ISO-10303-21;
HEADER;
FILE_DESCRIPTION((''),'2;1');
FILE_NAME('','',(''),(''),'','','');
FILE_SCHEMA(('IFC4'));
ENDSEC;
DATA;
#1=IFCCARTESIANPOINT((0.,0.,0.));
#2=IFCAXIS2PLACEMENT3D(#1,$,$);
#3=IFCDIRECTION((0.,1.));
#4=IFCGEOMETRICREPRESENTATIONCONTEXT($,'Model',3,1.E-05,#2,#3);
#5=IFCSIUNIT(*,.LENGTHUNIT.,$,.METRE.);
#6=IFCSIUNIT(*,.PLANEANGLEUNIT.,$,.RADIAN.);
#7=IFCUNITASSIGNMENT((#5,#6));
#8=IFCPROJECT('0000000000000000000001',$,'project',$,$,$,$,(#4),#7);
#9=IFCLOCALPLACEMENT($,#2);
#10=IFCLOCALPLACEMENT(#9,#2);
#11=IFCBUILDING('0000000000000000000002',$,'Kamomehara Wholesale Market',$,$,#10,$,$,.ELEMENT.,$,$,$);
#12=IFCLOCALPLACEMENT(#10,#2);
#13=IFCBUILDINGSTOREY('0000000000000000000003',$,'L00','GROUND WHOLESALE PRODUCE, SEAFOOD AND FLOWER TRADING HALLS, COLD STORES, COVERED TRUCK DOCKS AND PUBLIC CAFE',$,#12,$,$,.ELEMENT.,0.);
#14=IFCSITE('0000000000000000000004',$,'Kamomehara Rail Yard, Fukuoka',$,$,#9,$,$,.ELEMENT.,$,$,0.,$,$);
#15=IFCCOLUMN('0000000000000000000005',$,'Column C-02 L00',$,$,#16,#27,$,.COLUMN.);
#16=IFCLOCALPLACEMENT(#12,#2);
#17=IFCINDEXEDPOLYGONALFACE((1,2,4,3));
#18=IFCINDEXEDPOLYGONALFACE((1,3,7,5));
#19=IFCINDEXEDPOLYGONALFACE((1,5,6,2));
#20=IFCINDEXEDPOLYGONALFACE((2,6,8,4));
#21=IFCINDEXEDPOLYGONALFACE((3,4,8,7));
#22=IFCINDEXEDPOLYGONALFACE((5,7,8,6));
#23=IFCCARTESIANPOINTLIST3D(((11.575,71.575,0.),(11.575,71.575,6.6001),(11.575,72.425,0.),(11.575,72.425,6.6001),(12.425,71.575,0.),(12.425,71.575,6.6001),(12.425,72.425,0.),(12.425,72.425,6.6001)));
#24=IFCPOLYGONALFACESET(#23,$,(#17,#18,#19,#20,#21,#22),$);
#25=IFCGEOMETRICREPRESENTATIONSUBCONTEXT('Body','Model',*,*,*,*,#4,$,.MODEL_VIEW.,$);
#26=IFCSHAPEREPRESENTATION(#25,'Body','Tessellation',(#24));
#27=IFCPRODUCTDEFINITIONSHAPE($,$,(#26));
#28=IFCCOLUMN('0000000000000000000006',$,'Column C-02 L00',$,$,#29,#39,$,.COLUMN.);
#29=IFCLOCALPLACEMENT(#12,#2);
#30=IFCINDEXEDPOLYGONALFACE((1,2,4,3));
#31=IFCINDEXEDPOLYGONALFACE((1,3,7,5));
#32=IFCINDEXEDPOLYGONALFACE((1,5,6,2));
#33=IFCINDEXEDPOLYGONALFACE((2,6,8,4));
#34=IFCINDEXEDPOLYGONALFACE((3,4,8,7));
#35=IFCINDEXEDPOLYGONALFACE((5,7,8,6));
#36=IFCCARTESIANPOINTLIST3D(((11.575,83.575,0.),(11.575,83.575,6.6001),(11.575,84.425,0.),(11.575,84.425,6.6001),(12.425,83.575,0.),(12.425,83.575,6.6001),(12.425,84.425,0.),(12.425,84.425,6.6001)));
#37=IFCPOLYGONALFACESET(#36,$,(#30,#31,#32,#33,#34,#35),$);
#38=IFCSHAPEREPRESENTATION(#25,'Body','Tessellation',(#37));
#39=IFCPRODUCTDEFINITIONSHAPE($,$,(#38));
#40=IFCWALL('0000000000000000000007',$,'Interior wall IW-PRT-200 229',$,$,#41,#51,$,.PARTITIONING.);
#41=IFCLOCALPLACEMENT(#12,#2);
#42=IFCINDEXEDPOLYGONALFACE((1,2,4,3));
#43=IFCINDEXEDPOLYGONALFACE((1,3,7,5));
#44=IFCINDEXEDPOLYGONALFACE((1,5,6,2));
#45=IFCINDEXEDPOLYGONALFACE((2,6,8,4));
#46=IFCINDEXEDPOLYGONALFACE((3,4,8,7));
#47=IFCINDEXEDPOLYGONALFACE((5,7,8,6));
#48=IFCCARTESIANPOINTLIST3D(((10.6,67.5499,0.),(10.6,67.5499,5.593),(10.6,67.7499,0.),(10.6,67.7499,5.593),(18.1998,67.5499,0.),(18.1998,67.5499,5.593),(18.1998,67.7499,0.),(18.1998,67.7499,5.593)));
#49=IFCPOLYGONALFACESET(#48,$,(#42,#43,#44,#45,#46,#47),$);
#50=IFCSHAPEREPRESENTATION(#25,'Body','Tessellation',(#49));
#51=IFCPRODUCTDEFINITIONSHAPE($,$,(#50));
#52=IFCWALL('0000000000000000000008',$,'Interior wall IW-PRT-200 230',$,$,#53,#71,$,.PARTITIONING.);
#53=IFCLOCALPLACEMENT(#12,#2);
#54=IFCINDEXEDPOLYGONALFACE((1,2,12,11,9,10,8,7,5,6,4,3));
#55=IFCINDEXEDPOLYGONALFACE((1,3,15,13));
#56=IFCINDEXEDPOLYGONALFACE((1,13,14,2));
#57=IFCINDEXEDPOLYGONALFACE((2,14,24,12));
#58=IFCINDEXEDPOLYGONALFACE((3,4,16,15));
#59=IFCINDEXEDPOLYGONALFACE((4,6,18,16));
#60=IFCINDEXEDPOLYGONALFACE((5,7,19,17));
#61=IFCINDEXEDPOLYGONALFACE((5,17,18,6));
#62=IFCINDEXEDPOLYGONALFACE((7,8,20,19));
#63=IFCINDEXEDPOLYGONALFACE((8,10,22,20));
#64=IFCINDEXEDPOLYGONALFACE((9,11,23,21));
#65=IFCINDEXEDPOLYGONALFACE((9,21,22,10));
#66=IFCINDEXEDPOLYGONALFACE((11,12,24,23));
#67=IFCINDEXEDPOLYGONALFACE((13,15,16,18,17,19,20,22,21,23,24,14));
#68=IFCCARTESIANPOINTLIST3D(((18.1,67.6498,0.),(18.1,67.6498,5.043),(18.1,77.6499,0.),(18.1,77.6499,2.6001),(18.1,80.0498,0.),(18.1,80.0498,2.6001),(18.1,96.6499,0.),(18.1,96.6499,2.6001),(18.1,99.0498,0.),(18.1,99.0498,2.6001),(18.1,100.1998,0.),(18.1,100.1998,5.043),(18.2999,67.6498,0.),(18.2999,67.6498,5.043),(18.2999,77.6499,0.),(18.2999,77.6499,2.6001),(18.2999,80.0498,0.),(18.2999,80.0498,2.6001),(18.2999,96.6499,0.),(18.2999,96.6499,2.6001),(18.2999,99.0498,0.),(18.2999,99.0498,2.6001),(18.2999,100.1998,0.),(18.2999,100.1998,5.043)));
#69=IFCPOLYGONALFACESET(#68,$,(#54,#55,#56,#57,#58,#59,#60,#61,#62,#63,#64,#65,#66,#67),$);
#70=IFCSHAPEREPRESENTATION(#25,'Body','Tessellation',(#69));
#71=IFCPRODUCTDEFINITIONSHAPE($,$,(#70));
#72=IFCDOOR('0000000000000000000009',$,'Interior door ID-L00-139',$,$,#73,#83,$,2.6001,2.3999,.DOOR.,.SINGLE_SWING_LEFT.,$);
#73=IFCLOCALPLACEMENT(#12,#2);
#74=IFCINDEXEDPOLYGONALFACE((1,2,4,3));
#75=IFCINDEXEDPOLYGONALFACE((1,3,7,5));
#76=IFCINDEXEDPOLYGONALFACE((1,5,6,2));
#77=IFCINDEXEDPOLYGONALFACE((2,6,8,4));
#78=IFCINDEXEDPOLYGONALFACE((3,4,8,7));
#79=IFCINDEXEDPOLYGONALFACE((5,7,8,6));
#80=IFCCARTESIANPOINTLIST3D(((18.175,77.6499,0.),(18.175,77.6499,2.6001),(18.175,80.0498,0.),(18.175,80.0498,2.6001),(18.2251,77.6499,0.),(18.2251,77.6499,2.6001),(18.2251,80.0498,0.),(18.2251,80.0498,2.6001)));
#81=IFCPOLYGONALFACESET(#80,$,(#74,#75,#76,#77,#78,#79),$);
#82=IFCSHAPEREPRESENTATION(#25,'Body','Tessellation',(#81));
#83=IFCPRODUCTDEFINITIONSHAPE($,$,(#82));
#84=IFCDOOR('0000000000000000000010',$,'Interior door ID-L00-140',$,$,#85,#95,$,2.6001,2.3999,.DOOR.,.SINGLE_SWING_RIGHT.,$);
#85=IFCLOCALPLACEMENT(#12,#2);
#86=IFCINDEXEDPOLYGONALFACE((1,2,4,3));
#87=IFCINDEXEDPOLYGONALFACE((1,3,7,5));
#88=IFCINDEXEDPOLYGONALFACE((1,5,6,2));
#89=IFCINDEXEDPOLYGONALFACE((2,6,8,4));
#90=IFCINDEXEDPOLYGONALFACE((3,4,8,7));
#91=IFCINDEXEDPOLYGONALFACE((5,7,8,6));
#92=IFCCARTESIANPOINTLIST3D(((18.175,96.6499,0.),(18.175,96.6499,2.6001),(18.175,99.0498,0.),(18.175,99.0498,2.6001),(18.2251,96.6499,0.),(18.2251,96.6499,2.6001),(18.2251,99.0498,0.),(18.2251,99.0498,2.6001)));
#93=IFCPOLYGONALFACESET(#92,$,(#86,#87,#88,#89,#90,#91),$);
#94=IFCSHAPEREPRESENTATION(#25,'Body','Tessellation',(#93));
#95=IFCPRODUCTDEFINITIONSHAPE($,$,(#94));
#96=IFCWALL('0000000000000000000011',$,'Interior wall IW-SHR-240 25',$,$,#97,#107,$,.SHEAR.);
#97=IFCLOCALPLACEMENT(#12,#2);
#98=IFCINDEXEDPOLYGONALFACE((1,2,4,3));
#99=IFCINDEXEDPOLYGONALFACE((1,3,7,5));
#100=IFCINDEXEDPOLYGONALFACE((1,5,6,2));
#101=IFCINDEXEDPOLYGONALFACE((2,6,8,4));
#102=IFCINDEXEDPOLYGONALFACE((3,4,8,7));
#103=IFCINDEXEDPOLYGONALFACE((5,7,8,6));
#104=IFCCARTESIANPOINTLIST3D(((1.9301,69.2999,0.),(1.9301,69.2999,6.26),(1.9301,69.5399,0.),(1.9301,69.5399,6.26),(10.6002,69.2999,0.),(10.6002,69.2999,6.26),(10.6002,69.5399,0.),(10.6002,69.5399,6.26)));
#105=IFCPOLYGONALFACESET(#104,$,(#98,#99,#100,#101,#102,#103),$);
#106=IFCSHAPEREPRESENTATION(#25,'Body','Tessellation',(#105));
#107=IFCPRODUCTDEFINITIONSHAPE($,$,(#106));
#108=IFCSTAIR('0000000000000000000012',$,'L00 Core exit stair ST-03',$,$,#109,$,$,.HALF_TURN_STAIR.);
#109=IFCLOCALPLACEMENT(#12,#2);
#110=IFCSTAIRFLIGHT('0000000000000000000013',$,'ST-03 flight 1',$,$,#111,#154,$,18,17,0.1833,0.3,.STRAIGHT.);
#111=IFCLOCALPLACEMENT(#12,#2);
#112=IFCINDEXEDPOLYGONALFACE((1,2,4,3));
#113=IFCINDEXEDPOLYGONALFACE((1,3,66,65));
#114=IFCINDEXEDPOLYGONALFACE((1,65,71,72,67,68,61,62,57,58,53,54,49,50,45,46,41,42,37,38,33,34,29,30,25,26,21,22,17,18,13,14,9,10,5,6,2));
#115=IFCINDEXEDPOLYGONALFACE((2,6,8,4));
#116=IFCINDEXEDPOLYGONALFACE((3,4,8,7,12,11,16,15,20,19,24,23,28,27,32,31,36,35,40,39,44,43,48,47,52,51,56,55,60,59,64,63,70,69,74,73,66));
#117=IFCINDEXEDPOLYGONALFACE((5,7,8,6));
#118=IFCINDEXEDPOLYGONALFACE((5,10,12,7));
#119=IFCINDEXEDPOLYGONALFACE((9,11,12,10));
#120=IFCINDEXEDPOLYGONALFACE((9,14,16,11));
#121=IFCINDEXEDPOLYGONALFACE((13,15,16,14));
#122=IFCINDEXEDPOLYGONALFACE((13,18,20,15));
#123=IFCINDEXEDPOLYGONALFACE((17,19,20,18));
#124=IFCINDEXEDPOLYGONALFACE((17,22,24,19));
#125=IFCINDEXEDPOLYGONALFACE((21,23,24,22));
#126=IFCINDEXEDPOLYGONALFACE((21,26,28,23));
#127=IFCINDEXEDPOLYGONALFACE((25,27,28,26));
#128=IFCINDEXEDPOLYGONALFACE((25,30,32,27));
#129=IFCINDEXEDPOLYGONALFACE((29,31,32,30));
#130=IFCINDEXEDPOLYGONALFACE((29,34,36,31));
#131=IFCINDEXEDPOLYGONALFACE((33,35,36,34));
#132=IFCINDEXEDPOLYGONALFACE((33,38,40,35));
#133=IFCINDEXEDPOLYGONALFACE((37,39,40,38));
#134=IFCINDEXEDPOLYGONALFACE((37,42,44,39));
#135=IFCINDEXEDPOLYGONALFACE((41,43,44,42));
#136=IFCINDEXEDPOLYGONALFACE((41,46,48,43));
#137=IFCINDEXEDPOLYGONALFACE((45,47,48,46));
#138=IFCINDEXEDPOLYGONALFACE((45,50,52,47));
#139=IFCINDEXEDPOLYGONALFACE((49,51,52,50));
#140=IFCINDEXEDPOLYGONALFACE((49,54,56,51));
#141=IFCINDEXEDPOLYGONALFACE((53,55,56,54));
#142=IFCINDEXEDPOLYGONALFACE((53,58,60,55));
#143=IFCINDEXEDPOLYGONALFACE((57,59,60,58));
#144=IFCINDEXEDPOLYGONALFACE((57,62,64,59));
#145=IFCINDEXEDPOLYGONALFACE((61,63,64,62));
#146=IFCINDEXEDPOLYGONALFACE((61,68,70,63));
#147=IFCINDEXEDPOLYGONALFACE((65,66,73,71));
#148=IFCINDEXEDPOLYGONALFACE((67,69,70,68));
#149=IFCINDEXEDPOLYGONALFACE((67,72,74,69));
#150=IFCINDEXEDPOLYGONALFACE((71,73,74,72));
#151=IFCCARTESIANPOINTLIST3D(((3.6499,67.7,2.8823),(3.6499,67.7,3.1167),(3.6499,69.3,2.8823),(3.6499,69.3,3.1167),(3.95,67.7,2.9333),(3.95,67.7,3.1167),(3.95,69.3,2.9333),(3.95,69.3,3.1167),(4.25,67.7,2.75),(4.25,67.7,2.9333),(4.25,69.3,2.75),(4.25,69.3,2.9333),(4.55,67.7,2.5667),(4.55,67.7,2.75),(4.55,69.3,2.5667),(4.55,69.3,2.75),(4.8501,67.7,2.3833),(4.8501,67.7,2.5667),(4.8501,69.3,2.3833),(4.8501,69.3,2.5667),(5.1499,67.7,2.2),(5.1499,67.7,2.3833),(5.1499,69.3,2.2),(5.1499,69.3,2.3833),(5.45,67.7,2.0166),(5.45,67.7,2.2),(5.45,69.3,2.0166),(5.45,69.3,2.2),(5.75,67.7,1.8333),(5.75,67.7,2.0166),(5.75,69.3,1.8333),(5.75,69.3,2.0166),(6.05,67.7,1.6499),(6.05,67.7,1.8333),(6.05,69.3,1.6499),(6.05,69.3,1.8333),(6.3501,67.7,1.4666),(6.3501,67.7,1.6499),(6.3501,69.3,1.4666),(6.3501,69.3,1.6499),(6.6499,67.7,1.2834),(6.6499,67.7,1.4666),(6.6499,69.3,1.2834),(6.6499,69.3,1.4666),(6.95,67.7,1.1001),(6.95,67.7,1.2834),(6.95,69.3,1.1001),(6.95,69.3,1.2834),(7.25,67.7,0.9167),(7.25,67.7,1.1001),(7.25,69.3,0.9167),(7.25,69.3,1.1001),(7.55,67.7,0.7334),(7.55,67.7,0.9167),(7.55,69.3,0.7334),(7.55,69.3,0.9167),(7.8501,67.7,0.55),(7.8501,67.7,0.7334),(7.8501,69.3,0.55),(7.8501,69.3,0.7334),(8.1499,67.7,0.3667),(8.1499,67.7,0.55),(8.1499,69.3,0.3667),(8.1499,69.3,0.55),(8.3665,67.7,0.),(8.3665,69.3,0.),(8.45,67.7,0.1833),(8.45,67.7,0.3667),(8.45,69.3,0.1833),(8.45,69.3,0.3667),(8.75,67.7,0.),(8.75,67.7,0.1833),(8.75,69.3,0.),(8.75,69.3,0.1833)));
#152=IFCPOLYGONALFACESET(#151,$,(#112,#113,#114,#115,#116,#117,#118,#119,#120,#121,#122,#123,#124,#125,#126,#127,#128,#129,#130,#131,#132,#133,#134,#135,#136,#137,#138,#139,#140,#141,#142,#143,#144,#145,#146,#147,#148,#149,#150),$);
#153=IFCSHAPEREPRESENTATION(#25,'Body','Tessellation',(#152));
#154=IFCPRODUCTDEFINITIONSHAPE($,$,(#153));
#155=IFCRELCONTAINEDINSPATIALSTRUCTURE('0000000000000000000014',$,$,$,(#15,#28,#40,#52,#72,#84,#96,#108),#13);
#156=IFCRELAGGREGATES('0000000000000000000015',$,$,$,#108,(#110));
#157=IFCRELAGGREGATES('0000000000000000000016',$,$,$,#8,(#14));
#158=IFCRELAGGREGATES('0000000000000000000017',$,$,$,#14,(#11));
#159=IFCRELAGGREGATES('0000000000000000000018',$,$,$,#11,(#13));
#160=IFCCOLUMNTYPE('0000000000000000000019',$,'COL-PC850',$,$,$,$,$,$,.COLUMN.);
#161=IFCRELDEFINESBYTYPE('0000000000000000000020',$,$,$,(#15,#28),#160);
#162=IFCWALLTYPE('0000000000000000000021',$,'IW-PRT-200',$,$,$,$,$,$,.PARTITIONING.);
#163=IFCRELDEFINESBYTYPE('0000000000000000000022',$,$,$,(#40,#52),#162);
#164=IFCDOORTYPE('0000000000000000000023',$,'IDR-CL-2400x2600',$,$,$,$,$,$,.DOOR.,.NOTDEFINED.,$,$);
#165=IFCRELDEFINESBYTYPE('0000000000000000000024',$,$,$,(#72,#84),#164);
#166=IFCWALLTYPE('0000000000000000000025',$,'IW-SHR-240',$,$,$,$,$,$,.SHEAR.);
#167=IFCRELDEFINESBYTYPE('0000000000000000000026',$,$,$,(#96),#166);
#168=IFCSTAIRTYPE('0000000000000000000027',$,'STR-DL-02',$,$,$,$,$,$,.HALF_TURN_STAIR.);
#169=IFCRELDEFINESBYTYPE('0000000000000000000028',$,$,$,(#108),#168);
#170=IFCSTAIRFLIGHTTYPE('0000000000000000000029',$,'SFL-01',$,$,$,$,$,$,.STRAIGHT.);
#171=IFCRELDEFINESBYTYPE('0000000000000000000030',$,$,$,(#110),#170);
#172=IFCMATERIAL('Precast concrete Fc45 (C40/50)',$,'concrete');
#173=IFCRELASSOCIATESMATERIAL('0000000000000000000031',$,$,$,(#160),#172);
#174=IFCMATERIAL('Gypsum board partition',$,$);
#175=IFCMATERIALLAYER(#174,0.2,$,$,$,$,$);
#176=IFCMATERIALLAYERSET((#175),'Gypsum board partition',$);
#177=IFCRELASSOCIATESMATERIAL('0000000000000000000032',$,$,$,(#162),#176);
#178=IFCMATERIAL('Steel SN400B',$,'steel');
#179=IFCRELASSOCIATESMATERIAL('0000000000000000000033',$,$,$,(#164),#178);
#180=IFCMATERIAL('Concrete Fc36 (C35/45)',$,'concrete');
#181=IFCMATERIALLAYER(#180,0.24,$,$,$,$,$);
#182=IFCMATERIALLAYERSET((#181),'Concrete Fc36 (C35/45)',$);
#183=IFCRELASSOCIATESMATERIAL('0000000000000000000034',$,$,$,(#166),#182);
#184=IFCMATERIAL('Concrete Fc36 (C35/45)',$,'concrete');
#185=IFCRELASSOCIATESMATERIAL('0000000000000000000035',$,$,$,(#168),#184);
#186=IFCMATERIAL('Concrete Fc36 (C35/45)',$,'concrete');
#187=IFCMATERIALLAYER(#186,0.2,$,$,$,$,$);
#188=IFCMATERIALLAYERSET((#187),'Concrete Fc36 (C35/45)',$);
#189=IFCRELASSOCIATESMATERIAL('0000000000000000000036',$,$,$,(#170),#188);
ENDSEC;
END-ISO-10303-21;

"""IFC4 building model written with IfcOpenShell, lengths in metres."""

from ifc_helpers import new_model, si_unit, direction, frame, frame_2d, origin, origin_2d, place, context, subcontext, project, spatial, polyline, rectangle, outline, extrude, material, layer, layer_set, material_profile, profile_set, type_object, element, fill, aggregate, save


model = new_model("IFC4")

# Units and contexts
model_context = context("Model", 3, precision=1e-05, world=origin(), true_north=direction((0.0, 1.0)))
body_context = subcontext(model_context, "Body", "Model", "MODEL_VIEW")
ifc_project = project(units=[si_unit("LENGTHUNIT", "METRE"), si_unit("PLANEANGLEUNIT", "RADIAN")], contexts=[model_context])

# Site, building, storey
site_placement = place(None, origin())
site = spatial("IfcSite", under=ifc_project, at=site_placement, Name="Kamomehara Rail Yard, Fukuoka", CompositionType="ELEMENT", RefElevation=0.0)
building_placement = place(site_placement, origin())
building = spatial("IfcBuilding", under=site, at=building_placement, Name="Kamomehara Wholesale Market", CompositionType="ELEMENT")
storey_placement = place(building_placement, origin())
storey = spatial("IfcBuildingStorey", under=building, at=storey_placement, Name="L00", Description="GROUND WHOLESALE PRODUCE, SEAFOOD AND FLOWER TRADING HALLS, COLD STORES, COVERED TRUCK DOCKS AND PUBLIC CAFE", CompositionType="ELEMENT", Elevation=0.0)

# Columns
ifc_material_1 = material(Name="Precast concrete Fc45 (C40/50)", Category="concrete")
ifc_material_profile_1 = material_profile(ifc_material_1, rectangle(XDim=0.8501, YDim=0.8501, at=origin_2d()), Name="PC-COL-850x850")
ifc_profile_set_1 = profile_set([ifc_material_profile_1], Name="Precast concrete Fc45 (C40/50)")
column_type = type_object("IfcColumnType", Name="COL-PC850", PredefinedType="COLUMN", material=ifc_profile_set_1)
for number, where, z_axis, x_axis, name in (
    (1, (12.0, 72.0, 0.0), (0.0, 0.0, 1.0), (1.0, 0.0, 0.0), "Column C-02 L00"),
    (2, (12.0, 84.0, 0.0), (0.0, 0.0, 1.0), (1.0, 0.0, 0.0), "Column C-02 L00"),
):
    element("IfcColumn", number, at=place(storey_placement, frame(where, z_axis=z_axis, x_axis=x_axis)), inside=storey, type_object=column_type, Name=name, PredefinedType="COLUMN", context=body_context, shape_type="SweptSolid", body=[
        extrude(rectangle(XDim=0.8501, YDim=0.8501, at=origin_2d()), origin(), (0.0, 0.0, 1.0), 6.6001),
    ])

# Wall
ifc_material_2 = material(Name="Gypsum board partition")
ifc_layer_1 = layer(ifc_material_2, 0.2)
ifc_layer_set_1 = layer_set([ifc_layer_1], Name="Gypsum board partition")
wall_type_1 = type_object("IfcWallType", Name="IW-PRT-200", PredefinedType="PARTITIONING", material=ifc_layer_set_1)
wall_1_placement = place(storey_placement, frame((10.6001, 67.6499, 0.0), z_axis=(0.0, 0.0, 1.0), x_axis=(1.0, 0.0, 0.0)))
element("IfcWall", 3, at=wall_1_placement, inside=storey, type_object=wall_type_1, Name="Interior wall IW-PRT-200 229", PredefinedType="PARTITIONING", context=body_context, shape_type="SweptSolid", body=[
    extrude(rectangle(XDim=7.5999, YDim=0.2, at=frame_2d((3.7998, 0.0))), origin(), (0.0, 0.0, 1.0), 5.593),
])

# Wall, openings, doors
wall_2_placement = place(storey_placement, frame((18.2, 67.6499, 0.0), z_axis=(0.0, 0.0, 1.0), x_axis=(0.0, 1.0, 0.0)))
wall_2 = element("IfcWall", 4, at=wall_2_placement, inside=storey, type_object=wall_type_1, Name="Interior wall IW-PRT-200 230", PredefinedType="PARTITIONING", context=body_context, shape_type="SweptSolid", body=[
    extrude(rectangle(XDim=32.55, YDim=0.2, at=frame_2d((16.2749, 0.0))), origin(), (0.0, 0.0, 1.0), 5.043),
])
opening_1_placement = place(wall_2_placement, frame((10.0, 0.0, 0.0)))
opening_1 = element("IfcOpeningElement", 5, at=opening_1_placement, cuts=wall_2, PredefinedType="OPENING", context=body_context, shape_type="SweptSolid", body=[
    extrude(rectangle(XDim=2.3999, YDim=2.6001, at=frame_2d((1.2, 1.3))), frame((0.0, 0.1147, 0.0), z_axis=(0.0, -1.0, 0.0), x_axis=(1.0, 0.0, 0.0)), (0.0, 0.0, 1.0), 0.2297),
])
opening_2_placement = place(wall_2_placement, frame((29.0, 0.0, 0.0)))
opening_2 = element("IfcOpeningElement", 6, at=opening_2_placement, cuts=wall_2, PredefinedType="OPENING", context=body_context, shape_type="SweptSolid", body=[
    extrude(rectangle(XDim=2.3999, YDim=2.6001, at=frame_2d((1.2, 1.3))), frame((0.0, 0.1147, 0.0), z_axis=(0.0, -1.0, 0.0), x_axis=(1.0, 0.0, 0.0)), (0.0, 0.0, 1.0), 0.2297),
])
ifc_material_3 = material(Name="Steel SN400B", Category="steel")
door_type = type_object("IfcDoorType", Name="IDR-CL-2400x2600", OperationType="NOTDEFINED", PredefinedType="DOOR", material=ifc_material_3)
door_1_placement = place(opening_1_placement, origin())
door_1 = element("IfcDoor", 7, at=door_1_placement, inside=storey, type_object=door_type, Name="Interior door ID-L00-139", OperationType="SINGLE_SWING_LEFT", OverallHeight=2.6001, OverallWidth=2.3999, PredefinedType="DOOR", context=body_context, shape_type="SweptSolid", body=[
    extrude(rectangle(XDim=2.3999, YDim=2.6001, at=frame_2d((1.2, 1.3))), frame((0.0, 0.0249, 0.0), z_axis=(0.0, -1.0, 0.0), x_axis=(1.0, 0.0, 0.0)), (0.0, 0.0, 1.0), 0.05),
])
fill(opening_1, door_1)
door_2_placement = place(opening_2_placement, origin())
door_2 = element("IfcDoor", 8, at=door_2_placement, inside=storey, type_object=door_type, Name="Interior door ID-L00-140", OperationType="SINGLE_SWING_RIGHT", OverallHeight=2.6001, OverallWidth=2.3999, PredefinedType="DOOR", context=body_context, shape_type="SweptSolid", body=[
    extrude(rectangle(XDim=2.3999, YDim=2.6001, at=frame_2d((1.2, 1.3))), frame((0.0, 0.0249, 0.0), z_axis=(0.0, -1.0, 0.0), x_axis=(1.0, 0.0, 0.0)), (0.0, 0.0, 1.0), 0.05),
])
fill(opening_2, door_2)

# Wall
ifc_material_4 = material(Name="Concrete Fc36 (C35/45)", Category="concrete")
ifc_layer_2 = layer(ifc_material_4, 0.24)
ifc_layer_set_2 = layer_set([ifc_layer_2], Name="Concrete Fc36 (C35/45)")
wall_type_2 = type_object("IfcWallType", Name="IW-SHR-240", PredefinedType="SHEAR", material=ifc_layer_set_2)
wall_3_placement = place(storey_placement, frame((10.6001, 69.4199, 0.0), z_axis=(0.0, 0.0, 1.0), x_axis=(-1.0, 0.0, 0.0)))
element("IfcWall", 9, at=wall_3_placement, inside=storey, type_object=wall_type_2, Name="Interior wall IW-SHR-240 25", PredefinedType="SHEAR", context=body_context, shape_type="SweptSolid", body=[
    extrude(rectangle(XDim=8.6702, YDim=0.24, at=frame_2d((4.335, 0.0))), origin(), (0.0, 0.0, 1.0), 6.26),
])

# Stair, stair flight
ifc_material_5 = material(Name="Concrete Fc36 (C35/45)", Category="concrete")
stair_type = type_object("IfcStairType", Name="STR-DL-02", PredefinedType="HALF_TURN_STAIR", material=ifc_material_5)
stair_placement = place(storey_placement, origin())
stair = element("IfcStair", 10, at=stair_placement, inside=storey, type_object=stair_type, Name="L00 Core exit stair ST-03", PredefinedType="HALF_TURN_STAIR")
ifc_material_6 = material(Name="Concrete Fc36 (C35/45)", Category="concrete")
ifc_layer_3 = layer(ifc_material_6, 0.2)
ifc_layer_set_3 = layer_set([ifc_layer_3], Name="Concrete Fc36 (C35/45)")
stair_flight_type = type_object("IfcStairFlightType", Name="SFL-01", PredefinedType="STRAIGHT", material=ifc_layer_set_3)
stair_flight_placement = place(storey_placement, frame((8.75, 68.5, 0.0), z_axis=(0.0, 0.0, 1.0), x_axis=(-1.0, 0.0, 0.0)))
stair_flight = element("IfcStairFlight", 11, at=stair_flight_placement, type_object=stair_flight_type, Name="ST-03 flight 1", NumberOfRisers=18, NumberOfTreads=17, PredefinedType="STRAIGHT", RiserHeight=0.1833, TreadLength=0.3, context=body_context, shape_type="SweptSolid", body=[
    extrude(outline(polyline([(0.0, 0.0), (0.0, 0.1833), (0.3, 0.1833), (0.3, 0.3667), (0.6001, 0.3667), (0.6001, 0.55), (0.8999, 0.55), (0.8999, 0.7334), (1.2, 0.7334), (1.2, 0.9167), (1.5, 0.9167), (1.5, 1.1001), (1.8, 1.1001), (1.8, 1.2834), (2.1001, 1.2834), (2.1001, 1.4666), (2.3999, 1.4666), (2.3999, 1.6499), (2.7, 1.6499), (2.7, 1.8333), (3.0, 1.8333), (3.0, 2.0166), (3.3, 2.0166), (3.3, 2.2), (3.6001, 2.2), (3.6001, 2.3833), (3.8999, 2.3833), (3.8999, 2.5667), (4.2, 2.5667), (4.2, 2.75), (4.5, 2.75), (4.5, 2.9333), (4.8, 2.9333), (4.8, 3.1167), (5.1001, 3.1167), (5.1001, 3.3), (5.1001, 2.8823), (0.3835, 0.0), (0.0, 0.0)])), frame((0.0, 0.8, 0.0), z_axis=(0.0, -1.0, 0.0), x_axis=(1.0, 0.0, 0.0)), (0.0, 0.0, 1.0), 1.6001),
])
aggregate(stair, [stair_flight])

save(model, "model.ifc")
